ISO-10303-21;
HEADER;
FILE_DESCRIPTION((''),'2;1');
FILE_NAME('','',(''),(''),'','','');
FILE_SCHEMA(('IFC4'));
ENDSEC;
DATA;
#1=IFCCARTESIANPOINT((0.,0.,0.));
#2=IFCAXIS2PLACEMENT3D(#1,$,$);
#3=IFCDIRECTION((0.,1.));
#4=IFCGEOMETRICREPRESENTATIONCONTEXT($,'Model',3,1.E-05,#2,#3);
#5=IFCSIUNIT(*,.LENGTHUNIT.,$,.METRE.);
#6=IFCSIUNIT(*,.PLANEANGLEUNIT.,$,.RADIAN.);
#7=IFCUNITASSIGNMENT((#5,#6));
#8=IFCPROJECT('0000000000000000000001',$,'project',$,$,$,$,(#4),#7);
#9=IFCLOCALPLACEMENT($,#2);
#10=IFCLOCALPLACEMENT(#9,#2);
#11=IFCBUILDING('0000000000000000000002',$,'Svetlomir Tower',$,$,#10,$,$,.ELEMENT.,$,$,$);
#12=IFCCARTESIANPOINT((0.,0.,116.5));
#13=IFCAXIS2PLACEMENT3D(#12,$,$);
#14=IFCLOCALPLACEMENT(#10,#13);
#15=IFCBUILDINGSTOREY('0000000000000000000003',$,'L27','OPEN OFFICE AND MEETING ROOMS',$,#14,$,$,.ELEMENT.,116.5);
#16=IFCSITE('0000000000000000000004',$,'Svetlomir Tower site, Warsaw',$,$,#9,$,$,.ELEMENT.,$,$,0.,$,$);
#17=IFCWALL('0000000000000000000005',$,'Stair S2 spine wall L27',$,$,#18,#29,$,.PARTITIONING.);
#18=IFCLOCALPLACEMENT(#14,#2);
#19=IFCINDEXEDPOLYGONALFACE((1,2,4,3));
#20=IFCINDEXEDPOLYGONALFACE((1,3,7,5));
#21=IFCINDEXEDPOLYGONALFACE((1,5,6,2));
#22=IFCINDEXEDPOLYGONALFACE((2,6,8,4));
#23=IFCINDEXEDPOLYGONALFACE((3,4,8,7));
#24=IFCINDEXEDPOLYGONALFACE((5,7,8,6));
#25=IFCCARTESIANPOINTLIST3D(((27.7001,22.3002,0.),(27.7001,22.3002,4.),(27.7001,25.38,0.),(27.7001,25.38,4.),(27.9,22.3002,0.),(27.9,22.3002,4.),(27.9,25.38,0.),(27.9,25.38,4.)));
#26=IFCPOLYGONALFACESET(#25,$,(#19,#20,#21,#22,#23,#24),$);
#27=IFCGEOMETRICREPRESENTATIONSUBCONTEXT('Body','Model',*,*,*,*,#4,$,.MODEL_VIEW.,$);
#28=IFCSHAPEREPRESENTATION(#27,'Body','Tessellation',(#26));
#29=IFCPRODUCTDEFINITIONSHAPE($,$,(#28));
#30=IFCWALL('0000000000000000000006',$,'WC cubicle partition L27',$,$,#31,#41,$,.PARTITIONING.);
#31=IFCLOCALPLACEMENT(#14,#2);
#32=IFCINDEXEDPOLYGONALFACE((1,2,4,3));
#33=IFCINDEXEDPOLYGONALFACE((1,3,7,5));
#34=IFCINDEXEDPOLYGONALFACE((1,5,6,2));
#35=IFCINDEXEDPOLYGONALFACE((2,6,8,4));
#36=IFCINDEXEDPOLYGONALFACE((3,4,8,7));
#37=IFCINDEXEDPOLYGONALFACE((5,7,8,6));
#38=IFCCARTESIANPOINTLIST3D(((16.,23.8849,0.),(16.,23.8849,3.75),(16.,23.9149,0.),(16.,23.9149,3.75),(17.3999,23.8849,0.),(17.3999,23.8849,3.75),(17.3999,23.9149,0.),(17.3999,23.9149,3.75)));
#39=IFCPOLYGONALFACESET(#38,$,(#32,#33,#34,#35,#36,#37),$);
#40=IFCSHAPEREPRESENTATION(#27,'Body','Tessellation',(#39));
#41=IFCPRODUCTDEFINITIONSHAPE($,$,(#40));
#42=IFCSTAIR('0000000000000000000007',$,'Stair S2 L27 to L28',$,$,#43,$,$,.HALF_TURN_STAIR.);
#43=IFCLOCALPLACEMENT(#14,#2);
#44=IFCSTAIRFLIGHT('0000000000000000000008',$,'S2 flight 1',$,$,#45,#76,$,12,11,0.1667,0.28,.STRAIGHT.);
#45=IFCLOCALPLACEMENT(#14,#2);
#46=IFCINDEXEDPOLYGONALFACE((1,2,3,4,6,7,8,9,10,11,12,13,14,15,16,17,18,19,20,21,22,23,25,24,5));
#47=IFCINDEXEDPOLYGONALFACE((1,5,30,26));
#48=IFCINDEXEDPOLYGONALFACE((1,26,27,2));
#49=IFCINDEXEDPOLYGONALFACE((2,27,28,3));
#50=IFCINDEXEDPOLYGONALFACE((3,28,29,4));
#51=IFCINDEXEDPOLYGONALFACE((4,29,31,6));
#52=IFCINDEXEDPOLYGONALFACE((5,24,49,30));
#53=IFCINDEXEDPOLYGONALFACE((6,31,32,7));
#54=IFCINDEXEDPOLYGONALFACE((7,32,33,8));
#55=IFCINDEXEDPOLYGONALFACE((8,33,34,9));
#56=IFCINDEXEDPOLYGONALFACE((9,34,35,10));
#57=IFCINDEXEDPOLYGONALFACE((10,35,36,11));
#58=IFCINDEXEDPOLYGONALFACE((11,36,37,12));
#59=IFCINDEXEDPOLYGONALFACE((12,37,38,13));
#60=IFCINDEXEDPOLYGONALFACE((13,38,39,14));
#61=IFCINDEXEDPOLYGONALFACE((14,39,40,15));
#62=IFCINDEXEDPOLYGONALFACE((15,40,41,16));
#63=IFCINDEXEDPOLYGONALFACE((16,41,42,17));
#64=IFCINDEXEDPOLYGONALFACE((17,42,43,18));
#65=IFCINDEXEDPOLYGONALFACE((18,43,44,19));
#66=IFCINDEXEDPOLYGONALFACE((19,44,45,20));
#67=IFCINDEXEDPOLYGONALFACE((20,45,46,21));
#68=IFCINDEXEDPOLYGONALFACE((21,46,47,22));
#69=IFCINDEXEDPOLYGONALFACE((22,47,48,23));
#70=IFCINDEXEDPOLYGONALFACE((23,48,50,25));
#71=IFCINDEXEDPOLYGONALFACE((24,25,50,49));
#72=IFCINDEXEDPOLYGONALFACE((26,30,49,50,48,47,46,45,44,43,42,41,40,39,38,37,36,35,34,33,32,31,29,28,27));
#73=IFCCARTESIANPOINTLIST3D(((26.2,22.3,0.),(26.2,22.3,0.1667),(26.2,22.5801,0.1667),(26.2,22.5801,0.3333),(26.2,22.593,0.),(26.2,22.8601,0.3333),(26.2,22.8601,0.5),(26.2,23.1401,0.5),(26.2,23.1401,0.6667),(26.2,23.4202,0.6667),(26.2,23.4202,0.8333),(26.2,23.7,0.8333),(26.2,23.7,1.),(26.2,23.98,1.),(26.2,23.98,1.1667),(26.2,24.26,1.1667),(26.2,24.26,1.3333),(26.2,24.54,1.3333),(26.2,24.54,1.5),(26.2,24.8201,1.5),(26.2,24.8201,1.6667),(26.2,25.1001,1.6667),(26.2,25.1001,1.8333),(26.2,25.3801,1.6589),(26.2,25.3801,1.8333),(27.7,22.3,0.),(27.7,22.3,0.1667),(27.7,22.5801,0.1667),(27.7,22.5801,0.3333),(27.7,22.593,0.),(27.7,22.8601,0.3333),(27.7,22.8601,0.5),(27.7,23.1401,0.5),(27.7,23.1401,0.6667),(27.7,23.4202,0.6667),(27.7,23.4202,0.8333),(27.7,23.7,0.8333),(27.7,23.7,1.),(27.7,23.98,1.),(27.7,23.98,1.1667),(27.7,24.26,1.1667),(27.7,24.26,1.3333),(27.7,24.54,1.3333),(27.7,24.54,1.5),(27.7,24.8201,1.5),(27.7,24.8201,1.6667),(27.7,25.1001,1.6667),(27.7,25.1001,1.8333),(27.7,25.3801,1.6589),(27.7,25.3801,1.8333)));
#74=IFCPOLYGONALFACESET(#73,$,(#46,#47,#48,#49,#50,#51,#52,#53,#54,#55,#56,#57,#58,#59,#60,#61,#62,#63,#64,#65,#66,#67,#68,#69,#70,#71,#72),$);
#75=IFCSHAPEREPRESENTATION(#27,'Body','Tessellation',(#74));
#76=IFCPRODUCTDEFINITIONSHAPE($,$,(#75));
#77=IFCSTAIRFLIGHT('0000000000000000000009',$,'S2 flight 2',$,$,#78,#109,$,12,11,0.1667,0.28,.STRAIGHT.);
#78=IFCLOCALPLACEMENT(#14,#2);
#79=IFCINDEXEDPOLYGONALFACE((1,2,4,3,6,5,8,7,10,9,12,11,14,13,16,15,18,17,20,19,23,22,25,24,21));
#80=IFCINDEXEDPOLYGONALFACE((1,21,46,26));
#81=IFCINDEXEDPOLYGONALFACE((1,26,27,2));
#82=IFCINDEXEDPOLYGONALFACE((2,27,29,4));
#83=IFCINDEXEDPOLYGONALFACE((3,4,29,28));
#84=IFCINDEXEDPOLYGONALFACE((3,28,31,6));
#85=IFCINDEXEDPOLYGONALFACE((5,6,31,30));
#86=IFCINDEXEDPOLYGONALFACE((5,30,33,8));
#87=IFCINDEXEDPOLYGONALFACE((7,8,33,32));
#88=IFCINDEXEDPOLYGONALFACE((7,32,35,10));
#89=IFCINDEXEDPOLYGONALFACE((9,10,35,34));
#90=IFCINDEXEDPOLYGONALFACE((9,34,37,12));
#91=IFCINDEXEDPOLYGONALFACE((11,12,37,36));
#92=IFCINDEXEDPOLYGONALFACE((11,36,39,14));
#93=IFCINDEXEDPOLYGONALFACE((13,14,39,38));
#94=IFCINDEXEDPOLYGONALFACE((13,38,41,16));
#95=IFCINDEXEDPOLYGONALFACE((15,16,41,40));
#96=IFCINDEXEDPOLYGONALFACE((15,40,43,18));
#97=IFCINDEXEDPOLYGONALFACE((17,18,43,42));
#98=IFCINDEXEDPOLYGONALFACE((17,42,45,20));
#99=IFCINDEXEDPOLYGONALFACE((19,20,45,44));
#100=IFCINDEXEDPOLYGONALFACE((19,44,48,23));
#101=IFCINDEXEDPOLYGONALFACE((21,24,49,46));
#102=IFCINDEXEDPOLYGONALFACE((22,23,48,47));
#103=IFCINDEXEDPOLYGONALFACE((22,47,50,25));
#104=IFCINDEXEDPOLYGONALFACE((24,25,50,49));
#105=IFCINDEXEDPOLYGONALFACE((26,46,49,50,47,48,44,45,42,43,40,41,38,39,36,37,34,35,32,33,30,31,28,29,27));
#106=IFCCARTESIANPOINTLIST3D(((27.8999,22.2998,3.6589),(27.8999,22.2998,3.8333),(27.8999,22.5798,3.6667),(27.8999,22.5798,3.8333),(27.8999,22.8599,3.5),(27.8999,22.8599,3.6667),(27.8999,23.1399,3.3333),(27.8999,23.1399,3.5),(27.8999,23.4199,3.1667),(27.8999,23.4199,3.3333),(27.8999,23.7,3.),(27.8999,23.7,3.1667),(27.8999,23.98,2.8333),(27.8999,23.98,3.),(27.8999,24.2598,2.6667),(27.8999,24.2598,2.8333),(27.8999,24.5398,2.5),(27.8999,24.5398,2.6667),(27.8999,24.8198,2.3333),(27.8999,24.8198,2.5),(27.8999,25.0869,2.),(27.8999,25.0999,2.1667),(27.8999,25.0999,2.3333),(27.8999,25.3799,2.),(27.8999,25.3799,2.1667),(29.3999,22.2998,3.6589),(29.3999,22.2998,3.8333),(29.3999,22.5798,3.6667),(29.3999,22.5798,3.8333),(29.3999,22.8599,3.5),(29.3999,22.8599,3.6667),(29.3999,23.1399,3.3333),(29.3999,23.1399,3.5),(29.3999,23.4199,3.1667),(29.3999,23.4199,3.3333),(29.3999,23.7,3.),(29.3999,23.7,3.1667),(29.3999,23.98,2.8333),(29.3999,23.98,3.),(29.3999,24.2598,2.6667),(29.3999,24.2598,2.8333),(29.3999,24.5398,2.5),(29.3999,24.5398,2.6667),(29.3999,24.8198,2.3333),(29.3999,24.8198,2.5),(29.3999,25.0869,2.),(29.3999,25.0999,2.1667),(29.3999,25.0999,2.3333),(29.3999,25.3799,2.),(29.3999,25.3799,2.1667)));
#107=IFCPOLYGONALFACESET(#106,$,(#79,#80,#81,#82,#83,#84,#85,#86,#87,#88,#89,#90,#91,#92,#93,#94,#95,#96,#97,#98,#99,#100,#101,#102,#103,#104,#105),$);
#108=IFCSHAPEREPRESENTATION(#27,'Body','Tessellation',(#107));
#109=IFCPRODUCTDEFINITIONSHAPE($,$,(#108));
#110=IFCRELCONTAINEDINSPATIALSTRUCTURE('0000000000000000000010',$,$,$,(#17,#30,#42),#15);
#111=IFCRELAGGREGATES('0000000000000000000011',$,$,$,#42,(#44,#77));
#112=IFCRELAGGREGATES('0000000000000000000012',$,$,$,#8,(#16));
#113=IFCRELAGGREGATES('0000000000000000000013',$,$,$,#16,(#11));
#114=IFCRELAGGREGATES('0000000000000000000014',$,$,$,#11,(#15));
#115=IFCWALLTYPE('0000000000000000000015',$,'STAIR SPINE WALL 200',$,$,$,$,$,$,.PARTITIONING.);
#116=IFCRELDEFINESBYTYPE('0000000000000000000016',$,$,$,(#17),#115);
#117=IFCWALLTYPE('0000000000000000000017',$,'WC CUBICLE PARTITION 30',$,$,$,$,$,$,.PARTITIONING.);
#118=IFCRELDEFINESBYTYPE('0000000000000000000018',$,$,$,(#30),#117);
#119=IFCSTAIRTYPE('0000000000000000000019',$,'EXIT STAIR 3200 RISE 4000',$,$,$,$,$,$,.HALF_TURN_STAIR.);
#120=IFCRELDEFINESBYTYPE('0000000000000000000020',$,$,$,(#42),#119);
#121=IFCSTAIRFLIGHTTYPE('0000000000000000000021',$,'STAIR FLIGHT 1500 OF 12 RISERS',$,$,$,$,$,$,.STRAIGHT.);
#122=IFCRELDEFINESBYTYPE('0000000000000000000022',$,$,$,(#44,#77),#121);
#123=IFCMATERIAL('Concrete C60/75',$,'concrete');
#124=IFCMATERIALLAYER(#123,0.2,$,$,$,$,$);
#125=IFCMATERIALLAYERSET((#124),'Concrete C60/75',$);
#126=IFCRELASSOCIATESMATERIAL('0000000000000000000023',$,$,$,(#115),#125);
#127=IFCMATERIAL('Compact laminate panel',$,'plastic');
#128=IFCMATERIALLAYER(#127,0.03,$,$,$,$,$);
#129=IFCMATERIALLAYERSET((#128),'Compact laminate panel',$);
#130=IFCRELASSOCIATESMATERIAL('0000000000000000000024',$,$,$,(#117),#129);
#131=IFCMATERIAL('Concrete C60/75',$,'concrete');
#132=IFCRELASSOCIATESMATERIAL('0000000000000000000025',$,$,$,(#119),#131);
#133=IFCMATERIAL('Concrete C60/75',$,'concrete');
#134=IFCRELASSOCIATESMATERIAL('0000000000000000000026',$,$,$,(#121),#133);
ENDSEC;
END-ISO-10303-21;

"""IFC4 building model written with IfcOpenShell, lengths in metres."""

from ifc_helpers import new_model, si_unit, direction, frame, frame_2d, origin, place, context, subcontext, project, spatial, polyline, rectangle, outline, extrude, material, layer, layer_set, type_object, element, aggregate, save


model = new_model("IFC4")

# Units and contexts
model_context = context("Model", 3, precision=1e-05, world=origin(), true_north=direction((0.0, 1.0)))
body_context = subcontext(model_context, "Body", "Model", "MODEL_VIEW")
ifc_project = project(units=[si_unit("LENGTHUNIT", "METRE"), si_unit("PLANEANGLEUNIT", "RADIAN")], contexts=[model_context])

# Site, building, storey
site_placement = place(None, origin())
site = spatial("IfcSite", under=ifc_project, at=site_placement, Name="Svetlomir Tower site, Warsaw", CompositionType="ELEMENT", RefElevation=0.0)
building_placement = place(site_placement, origin())
building = spatial("IfcBuilding", under=site, at=building_placement, Name="Svetlomir Tower", CompositionType="ELEMENT")
storey_placement = place(building_placement, frame((0.0, 0.0, 116.5)))
storey = spatial("IfcBuildingStorey", under=building, at=storey_placement, Name="L27", Description="OPEN OFFICE AND MEETING ROOMS", CompositionType="ELEMENT", Elevation=116.5)

# Walls
ifc_material_1 = material(Name="Concrete C60/75", Category="concrete")
ifc_layer_1 = layer(ifc_material_1, 0.2)
ifc_layer_set_1 = layer_set([ifc_layer_1], Name="Concrete C60/75")
wall_type_1 = type_object("IfcWallType", Name="STAIR SPINE WALL 200", PredefinedType="PARTITIONING", material=ifc_layer_set_1)
wall_1_placement = place(storey_placement, frame((27.8, 22.3, 0.0), z_axis=(0.0, 0.0, 1.0), x_axis=(0.0, 1.0, 0.0)))
element("IfcWall", 1, at=wall_1_placement, inside=storey, type_object=wall_type_1, Name="Stair S2 spine wall L27", PredefinedType="PARTITIONING", context=body_context, shape_type="SweptSolid", body=[
    extrude(rectangle(XDim=3.0798, YDim=0.2, at=frame_2d((1.54, 0.0))), origin(), (0.0, 0.0, 1.0), 4.0),
])
ifc_material_2 = material(Name="Compact laminate panel", Category="plastic")
ifc_layer_2 = layer(ifc_material_2, 0.03)
ifc_layer_set_2 = layer_set([ifc_layer_2], Name="Compact laminate panel")
wall_type_2 = type_object("IfcWallType", Name="WC CUBICLE PARTITION 30", PredefinedType="PARTITIONING", material=ifc_layer_set_2)
wall_2_placement = place(storey_placement, frame((16.0, 23.8999, 0.0), z_axis=(0.0, 0.0, 1.0), x_axis=(1.0, 0.0, 0.0)))
element("IfcWall", 2, at=wall_2_placement, inside=storey, type_object=wall_type_2, Name="WC cubicle partition L27", PredefinedType="PARTITIONING", context=body_context, shape_type="SweptSolid", body=[
    extrude(rectangle(XDim=1.3999, YDim=0.03, at=frame_2d((0.7, 0.0))), origin(), (0.0, 0.0, 1.0), 3.75),
])

# Stair, stair flights
ifc_material_3 = material(Name="Concrete C60/75", Category="concrete")
stair_type = type_object("IfcStairType", Name="EXIT STAIR 3200 RISE 4000", PredefinedType="HALF_TURN_STAIR", material=ifc_material_3)
stair_placement = place(storey_placement, origin())
stair = element("IfcStair", 3, at=stair_placement, inside=storey, type_object=stair_type, Name="Stair S2 L27 to L28", PredefinedType="HALF_TURN_STAIR")
ifc_material_4 = material(Name="Concrete C60/75", Category="concrete")
stair_flight_type = type_object("IfcStairFlightType", Name="STAIR FLIGHT 1500 OF 12 RISERS", PredefinedType="STRAIGHT", material=ifc_material_4)
stair_flight_1_placement = place(storey_placement, frame((26.95, 22.3, 0.0), z_axis=(0.0, 0.0, 1.0), x_axis=(0.0, 1.0, 0.0)))
stair_flight_1 = element("IfcStairFlight", 4, at=stair_flight_1_placement, type_object=stair_flight_type, Name="S2 flight 1", NumberOfRisers=12, NumberOfTreads=11, PredefinedType="STRAIGHT", RiserHeight=0.1667, TreadLength=0.28, context=body_context, shape_type="SweptSolid", body=[
    extrude(outline(polyline([(0.0, 0.0), (0.0, 0.1667), (0.28, 0.1667), (0.28, 0.3333), (0.5601, 0.3333), (0.5601, 0.5), (0.8401, 0.5), (0.8401, 0.6667), (1.1201, 0.6667), (1.1201, 0.8333), (1.3999, 0.8333), (1.3999, 1.0), (1.6799, 1.0), (1.6799, 1.1667), (1.96, 1.1667), (1.96, 1.3333), (2.24, 1.3333), (2.24, 1.5), (2.52, 1.5), (2.52, 1.6667), (2.8, 1.6667), (2.8, 1.8333), (3.0801, 1.8333), (3.0801, 2.0), (3.0801, 1.6589), (0.293, 0.0), (0.0, 0.0)])), frame((0.0, 0.75, 0.0), z_axis=(0.0, -1.0, 0.0), x_axis=(1.0, 0.0, 0.0)), (0.0, 0.0, 1.0), 1.5),
])
stair_flight_2_placement = place(storey_placement, frame((28.6499, 25.3799, 2.0), z_axis=(0.0, 0.0, 1.0), x_axis=(0.0, -1.0, 0.0)))
stair_flight_2 = element("IfcStairFlight", 5, at=stair_flight_2_placement, type_object=stair_flight_type, Name="S2 flight 2", NumberOfRisers=12, NumberOfTreads=11, PredefinedType="STRAIGHT", RiserHeight=0.1667, TreadLength=0.28, context=body_context, shape_type="SweptSolid", body=[
    extrude(outline(polyline([(0.0, 0.0), (0.0, 0.1667), (0.28, 0.1667), (0.28, 0.3333), (0.5601, 0.3333), (0.5601, 0.5), (0.8401, 0.5), (0.8401, 0.6667), (1.1201, 0.6667), (1.1201, 0.8333), (1.3999, 0.8333), (1.3999, 1.0), (1.6799, 1.0), (1.6799, 1.1667), (1.96, 1.1667), (1.96, 1.3333), (2.24, 1.3333), (2.24, 1.5), (2.52, 1.5), (2.52, 1.6667), (2.8, 1.6667), (2.8, 1.8333), (3.0801, 1.8333), (3.0801, 2.0), (3.0801, 1.6589), (0.293, 0.0), (0.0, 0.0)])), frame((0.0, 0.75, 0.0), z_axis=(0.0, -1.0, 0.0), x_axis=(1.0, 0.0, 0.0)), (0.0, 0.0, 1.0), 1.5),
])
aggregate(stair, [stair_flight_1, stair_flight_2])

save(model, "model.ifc")
